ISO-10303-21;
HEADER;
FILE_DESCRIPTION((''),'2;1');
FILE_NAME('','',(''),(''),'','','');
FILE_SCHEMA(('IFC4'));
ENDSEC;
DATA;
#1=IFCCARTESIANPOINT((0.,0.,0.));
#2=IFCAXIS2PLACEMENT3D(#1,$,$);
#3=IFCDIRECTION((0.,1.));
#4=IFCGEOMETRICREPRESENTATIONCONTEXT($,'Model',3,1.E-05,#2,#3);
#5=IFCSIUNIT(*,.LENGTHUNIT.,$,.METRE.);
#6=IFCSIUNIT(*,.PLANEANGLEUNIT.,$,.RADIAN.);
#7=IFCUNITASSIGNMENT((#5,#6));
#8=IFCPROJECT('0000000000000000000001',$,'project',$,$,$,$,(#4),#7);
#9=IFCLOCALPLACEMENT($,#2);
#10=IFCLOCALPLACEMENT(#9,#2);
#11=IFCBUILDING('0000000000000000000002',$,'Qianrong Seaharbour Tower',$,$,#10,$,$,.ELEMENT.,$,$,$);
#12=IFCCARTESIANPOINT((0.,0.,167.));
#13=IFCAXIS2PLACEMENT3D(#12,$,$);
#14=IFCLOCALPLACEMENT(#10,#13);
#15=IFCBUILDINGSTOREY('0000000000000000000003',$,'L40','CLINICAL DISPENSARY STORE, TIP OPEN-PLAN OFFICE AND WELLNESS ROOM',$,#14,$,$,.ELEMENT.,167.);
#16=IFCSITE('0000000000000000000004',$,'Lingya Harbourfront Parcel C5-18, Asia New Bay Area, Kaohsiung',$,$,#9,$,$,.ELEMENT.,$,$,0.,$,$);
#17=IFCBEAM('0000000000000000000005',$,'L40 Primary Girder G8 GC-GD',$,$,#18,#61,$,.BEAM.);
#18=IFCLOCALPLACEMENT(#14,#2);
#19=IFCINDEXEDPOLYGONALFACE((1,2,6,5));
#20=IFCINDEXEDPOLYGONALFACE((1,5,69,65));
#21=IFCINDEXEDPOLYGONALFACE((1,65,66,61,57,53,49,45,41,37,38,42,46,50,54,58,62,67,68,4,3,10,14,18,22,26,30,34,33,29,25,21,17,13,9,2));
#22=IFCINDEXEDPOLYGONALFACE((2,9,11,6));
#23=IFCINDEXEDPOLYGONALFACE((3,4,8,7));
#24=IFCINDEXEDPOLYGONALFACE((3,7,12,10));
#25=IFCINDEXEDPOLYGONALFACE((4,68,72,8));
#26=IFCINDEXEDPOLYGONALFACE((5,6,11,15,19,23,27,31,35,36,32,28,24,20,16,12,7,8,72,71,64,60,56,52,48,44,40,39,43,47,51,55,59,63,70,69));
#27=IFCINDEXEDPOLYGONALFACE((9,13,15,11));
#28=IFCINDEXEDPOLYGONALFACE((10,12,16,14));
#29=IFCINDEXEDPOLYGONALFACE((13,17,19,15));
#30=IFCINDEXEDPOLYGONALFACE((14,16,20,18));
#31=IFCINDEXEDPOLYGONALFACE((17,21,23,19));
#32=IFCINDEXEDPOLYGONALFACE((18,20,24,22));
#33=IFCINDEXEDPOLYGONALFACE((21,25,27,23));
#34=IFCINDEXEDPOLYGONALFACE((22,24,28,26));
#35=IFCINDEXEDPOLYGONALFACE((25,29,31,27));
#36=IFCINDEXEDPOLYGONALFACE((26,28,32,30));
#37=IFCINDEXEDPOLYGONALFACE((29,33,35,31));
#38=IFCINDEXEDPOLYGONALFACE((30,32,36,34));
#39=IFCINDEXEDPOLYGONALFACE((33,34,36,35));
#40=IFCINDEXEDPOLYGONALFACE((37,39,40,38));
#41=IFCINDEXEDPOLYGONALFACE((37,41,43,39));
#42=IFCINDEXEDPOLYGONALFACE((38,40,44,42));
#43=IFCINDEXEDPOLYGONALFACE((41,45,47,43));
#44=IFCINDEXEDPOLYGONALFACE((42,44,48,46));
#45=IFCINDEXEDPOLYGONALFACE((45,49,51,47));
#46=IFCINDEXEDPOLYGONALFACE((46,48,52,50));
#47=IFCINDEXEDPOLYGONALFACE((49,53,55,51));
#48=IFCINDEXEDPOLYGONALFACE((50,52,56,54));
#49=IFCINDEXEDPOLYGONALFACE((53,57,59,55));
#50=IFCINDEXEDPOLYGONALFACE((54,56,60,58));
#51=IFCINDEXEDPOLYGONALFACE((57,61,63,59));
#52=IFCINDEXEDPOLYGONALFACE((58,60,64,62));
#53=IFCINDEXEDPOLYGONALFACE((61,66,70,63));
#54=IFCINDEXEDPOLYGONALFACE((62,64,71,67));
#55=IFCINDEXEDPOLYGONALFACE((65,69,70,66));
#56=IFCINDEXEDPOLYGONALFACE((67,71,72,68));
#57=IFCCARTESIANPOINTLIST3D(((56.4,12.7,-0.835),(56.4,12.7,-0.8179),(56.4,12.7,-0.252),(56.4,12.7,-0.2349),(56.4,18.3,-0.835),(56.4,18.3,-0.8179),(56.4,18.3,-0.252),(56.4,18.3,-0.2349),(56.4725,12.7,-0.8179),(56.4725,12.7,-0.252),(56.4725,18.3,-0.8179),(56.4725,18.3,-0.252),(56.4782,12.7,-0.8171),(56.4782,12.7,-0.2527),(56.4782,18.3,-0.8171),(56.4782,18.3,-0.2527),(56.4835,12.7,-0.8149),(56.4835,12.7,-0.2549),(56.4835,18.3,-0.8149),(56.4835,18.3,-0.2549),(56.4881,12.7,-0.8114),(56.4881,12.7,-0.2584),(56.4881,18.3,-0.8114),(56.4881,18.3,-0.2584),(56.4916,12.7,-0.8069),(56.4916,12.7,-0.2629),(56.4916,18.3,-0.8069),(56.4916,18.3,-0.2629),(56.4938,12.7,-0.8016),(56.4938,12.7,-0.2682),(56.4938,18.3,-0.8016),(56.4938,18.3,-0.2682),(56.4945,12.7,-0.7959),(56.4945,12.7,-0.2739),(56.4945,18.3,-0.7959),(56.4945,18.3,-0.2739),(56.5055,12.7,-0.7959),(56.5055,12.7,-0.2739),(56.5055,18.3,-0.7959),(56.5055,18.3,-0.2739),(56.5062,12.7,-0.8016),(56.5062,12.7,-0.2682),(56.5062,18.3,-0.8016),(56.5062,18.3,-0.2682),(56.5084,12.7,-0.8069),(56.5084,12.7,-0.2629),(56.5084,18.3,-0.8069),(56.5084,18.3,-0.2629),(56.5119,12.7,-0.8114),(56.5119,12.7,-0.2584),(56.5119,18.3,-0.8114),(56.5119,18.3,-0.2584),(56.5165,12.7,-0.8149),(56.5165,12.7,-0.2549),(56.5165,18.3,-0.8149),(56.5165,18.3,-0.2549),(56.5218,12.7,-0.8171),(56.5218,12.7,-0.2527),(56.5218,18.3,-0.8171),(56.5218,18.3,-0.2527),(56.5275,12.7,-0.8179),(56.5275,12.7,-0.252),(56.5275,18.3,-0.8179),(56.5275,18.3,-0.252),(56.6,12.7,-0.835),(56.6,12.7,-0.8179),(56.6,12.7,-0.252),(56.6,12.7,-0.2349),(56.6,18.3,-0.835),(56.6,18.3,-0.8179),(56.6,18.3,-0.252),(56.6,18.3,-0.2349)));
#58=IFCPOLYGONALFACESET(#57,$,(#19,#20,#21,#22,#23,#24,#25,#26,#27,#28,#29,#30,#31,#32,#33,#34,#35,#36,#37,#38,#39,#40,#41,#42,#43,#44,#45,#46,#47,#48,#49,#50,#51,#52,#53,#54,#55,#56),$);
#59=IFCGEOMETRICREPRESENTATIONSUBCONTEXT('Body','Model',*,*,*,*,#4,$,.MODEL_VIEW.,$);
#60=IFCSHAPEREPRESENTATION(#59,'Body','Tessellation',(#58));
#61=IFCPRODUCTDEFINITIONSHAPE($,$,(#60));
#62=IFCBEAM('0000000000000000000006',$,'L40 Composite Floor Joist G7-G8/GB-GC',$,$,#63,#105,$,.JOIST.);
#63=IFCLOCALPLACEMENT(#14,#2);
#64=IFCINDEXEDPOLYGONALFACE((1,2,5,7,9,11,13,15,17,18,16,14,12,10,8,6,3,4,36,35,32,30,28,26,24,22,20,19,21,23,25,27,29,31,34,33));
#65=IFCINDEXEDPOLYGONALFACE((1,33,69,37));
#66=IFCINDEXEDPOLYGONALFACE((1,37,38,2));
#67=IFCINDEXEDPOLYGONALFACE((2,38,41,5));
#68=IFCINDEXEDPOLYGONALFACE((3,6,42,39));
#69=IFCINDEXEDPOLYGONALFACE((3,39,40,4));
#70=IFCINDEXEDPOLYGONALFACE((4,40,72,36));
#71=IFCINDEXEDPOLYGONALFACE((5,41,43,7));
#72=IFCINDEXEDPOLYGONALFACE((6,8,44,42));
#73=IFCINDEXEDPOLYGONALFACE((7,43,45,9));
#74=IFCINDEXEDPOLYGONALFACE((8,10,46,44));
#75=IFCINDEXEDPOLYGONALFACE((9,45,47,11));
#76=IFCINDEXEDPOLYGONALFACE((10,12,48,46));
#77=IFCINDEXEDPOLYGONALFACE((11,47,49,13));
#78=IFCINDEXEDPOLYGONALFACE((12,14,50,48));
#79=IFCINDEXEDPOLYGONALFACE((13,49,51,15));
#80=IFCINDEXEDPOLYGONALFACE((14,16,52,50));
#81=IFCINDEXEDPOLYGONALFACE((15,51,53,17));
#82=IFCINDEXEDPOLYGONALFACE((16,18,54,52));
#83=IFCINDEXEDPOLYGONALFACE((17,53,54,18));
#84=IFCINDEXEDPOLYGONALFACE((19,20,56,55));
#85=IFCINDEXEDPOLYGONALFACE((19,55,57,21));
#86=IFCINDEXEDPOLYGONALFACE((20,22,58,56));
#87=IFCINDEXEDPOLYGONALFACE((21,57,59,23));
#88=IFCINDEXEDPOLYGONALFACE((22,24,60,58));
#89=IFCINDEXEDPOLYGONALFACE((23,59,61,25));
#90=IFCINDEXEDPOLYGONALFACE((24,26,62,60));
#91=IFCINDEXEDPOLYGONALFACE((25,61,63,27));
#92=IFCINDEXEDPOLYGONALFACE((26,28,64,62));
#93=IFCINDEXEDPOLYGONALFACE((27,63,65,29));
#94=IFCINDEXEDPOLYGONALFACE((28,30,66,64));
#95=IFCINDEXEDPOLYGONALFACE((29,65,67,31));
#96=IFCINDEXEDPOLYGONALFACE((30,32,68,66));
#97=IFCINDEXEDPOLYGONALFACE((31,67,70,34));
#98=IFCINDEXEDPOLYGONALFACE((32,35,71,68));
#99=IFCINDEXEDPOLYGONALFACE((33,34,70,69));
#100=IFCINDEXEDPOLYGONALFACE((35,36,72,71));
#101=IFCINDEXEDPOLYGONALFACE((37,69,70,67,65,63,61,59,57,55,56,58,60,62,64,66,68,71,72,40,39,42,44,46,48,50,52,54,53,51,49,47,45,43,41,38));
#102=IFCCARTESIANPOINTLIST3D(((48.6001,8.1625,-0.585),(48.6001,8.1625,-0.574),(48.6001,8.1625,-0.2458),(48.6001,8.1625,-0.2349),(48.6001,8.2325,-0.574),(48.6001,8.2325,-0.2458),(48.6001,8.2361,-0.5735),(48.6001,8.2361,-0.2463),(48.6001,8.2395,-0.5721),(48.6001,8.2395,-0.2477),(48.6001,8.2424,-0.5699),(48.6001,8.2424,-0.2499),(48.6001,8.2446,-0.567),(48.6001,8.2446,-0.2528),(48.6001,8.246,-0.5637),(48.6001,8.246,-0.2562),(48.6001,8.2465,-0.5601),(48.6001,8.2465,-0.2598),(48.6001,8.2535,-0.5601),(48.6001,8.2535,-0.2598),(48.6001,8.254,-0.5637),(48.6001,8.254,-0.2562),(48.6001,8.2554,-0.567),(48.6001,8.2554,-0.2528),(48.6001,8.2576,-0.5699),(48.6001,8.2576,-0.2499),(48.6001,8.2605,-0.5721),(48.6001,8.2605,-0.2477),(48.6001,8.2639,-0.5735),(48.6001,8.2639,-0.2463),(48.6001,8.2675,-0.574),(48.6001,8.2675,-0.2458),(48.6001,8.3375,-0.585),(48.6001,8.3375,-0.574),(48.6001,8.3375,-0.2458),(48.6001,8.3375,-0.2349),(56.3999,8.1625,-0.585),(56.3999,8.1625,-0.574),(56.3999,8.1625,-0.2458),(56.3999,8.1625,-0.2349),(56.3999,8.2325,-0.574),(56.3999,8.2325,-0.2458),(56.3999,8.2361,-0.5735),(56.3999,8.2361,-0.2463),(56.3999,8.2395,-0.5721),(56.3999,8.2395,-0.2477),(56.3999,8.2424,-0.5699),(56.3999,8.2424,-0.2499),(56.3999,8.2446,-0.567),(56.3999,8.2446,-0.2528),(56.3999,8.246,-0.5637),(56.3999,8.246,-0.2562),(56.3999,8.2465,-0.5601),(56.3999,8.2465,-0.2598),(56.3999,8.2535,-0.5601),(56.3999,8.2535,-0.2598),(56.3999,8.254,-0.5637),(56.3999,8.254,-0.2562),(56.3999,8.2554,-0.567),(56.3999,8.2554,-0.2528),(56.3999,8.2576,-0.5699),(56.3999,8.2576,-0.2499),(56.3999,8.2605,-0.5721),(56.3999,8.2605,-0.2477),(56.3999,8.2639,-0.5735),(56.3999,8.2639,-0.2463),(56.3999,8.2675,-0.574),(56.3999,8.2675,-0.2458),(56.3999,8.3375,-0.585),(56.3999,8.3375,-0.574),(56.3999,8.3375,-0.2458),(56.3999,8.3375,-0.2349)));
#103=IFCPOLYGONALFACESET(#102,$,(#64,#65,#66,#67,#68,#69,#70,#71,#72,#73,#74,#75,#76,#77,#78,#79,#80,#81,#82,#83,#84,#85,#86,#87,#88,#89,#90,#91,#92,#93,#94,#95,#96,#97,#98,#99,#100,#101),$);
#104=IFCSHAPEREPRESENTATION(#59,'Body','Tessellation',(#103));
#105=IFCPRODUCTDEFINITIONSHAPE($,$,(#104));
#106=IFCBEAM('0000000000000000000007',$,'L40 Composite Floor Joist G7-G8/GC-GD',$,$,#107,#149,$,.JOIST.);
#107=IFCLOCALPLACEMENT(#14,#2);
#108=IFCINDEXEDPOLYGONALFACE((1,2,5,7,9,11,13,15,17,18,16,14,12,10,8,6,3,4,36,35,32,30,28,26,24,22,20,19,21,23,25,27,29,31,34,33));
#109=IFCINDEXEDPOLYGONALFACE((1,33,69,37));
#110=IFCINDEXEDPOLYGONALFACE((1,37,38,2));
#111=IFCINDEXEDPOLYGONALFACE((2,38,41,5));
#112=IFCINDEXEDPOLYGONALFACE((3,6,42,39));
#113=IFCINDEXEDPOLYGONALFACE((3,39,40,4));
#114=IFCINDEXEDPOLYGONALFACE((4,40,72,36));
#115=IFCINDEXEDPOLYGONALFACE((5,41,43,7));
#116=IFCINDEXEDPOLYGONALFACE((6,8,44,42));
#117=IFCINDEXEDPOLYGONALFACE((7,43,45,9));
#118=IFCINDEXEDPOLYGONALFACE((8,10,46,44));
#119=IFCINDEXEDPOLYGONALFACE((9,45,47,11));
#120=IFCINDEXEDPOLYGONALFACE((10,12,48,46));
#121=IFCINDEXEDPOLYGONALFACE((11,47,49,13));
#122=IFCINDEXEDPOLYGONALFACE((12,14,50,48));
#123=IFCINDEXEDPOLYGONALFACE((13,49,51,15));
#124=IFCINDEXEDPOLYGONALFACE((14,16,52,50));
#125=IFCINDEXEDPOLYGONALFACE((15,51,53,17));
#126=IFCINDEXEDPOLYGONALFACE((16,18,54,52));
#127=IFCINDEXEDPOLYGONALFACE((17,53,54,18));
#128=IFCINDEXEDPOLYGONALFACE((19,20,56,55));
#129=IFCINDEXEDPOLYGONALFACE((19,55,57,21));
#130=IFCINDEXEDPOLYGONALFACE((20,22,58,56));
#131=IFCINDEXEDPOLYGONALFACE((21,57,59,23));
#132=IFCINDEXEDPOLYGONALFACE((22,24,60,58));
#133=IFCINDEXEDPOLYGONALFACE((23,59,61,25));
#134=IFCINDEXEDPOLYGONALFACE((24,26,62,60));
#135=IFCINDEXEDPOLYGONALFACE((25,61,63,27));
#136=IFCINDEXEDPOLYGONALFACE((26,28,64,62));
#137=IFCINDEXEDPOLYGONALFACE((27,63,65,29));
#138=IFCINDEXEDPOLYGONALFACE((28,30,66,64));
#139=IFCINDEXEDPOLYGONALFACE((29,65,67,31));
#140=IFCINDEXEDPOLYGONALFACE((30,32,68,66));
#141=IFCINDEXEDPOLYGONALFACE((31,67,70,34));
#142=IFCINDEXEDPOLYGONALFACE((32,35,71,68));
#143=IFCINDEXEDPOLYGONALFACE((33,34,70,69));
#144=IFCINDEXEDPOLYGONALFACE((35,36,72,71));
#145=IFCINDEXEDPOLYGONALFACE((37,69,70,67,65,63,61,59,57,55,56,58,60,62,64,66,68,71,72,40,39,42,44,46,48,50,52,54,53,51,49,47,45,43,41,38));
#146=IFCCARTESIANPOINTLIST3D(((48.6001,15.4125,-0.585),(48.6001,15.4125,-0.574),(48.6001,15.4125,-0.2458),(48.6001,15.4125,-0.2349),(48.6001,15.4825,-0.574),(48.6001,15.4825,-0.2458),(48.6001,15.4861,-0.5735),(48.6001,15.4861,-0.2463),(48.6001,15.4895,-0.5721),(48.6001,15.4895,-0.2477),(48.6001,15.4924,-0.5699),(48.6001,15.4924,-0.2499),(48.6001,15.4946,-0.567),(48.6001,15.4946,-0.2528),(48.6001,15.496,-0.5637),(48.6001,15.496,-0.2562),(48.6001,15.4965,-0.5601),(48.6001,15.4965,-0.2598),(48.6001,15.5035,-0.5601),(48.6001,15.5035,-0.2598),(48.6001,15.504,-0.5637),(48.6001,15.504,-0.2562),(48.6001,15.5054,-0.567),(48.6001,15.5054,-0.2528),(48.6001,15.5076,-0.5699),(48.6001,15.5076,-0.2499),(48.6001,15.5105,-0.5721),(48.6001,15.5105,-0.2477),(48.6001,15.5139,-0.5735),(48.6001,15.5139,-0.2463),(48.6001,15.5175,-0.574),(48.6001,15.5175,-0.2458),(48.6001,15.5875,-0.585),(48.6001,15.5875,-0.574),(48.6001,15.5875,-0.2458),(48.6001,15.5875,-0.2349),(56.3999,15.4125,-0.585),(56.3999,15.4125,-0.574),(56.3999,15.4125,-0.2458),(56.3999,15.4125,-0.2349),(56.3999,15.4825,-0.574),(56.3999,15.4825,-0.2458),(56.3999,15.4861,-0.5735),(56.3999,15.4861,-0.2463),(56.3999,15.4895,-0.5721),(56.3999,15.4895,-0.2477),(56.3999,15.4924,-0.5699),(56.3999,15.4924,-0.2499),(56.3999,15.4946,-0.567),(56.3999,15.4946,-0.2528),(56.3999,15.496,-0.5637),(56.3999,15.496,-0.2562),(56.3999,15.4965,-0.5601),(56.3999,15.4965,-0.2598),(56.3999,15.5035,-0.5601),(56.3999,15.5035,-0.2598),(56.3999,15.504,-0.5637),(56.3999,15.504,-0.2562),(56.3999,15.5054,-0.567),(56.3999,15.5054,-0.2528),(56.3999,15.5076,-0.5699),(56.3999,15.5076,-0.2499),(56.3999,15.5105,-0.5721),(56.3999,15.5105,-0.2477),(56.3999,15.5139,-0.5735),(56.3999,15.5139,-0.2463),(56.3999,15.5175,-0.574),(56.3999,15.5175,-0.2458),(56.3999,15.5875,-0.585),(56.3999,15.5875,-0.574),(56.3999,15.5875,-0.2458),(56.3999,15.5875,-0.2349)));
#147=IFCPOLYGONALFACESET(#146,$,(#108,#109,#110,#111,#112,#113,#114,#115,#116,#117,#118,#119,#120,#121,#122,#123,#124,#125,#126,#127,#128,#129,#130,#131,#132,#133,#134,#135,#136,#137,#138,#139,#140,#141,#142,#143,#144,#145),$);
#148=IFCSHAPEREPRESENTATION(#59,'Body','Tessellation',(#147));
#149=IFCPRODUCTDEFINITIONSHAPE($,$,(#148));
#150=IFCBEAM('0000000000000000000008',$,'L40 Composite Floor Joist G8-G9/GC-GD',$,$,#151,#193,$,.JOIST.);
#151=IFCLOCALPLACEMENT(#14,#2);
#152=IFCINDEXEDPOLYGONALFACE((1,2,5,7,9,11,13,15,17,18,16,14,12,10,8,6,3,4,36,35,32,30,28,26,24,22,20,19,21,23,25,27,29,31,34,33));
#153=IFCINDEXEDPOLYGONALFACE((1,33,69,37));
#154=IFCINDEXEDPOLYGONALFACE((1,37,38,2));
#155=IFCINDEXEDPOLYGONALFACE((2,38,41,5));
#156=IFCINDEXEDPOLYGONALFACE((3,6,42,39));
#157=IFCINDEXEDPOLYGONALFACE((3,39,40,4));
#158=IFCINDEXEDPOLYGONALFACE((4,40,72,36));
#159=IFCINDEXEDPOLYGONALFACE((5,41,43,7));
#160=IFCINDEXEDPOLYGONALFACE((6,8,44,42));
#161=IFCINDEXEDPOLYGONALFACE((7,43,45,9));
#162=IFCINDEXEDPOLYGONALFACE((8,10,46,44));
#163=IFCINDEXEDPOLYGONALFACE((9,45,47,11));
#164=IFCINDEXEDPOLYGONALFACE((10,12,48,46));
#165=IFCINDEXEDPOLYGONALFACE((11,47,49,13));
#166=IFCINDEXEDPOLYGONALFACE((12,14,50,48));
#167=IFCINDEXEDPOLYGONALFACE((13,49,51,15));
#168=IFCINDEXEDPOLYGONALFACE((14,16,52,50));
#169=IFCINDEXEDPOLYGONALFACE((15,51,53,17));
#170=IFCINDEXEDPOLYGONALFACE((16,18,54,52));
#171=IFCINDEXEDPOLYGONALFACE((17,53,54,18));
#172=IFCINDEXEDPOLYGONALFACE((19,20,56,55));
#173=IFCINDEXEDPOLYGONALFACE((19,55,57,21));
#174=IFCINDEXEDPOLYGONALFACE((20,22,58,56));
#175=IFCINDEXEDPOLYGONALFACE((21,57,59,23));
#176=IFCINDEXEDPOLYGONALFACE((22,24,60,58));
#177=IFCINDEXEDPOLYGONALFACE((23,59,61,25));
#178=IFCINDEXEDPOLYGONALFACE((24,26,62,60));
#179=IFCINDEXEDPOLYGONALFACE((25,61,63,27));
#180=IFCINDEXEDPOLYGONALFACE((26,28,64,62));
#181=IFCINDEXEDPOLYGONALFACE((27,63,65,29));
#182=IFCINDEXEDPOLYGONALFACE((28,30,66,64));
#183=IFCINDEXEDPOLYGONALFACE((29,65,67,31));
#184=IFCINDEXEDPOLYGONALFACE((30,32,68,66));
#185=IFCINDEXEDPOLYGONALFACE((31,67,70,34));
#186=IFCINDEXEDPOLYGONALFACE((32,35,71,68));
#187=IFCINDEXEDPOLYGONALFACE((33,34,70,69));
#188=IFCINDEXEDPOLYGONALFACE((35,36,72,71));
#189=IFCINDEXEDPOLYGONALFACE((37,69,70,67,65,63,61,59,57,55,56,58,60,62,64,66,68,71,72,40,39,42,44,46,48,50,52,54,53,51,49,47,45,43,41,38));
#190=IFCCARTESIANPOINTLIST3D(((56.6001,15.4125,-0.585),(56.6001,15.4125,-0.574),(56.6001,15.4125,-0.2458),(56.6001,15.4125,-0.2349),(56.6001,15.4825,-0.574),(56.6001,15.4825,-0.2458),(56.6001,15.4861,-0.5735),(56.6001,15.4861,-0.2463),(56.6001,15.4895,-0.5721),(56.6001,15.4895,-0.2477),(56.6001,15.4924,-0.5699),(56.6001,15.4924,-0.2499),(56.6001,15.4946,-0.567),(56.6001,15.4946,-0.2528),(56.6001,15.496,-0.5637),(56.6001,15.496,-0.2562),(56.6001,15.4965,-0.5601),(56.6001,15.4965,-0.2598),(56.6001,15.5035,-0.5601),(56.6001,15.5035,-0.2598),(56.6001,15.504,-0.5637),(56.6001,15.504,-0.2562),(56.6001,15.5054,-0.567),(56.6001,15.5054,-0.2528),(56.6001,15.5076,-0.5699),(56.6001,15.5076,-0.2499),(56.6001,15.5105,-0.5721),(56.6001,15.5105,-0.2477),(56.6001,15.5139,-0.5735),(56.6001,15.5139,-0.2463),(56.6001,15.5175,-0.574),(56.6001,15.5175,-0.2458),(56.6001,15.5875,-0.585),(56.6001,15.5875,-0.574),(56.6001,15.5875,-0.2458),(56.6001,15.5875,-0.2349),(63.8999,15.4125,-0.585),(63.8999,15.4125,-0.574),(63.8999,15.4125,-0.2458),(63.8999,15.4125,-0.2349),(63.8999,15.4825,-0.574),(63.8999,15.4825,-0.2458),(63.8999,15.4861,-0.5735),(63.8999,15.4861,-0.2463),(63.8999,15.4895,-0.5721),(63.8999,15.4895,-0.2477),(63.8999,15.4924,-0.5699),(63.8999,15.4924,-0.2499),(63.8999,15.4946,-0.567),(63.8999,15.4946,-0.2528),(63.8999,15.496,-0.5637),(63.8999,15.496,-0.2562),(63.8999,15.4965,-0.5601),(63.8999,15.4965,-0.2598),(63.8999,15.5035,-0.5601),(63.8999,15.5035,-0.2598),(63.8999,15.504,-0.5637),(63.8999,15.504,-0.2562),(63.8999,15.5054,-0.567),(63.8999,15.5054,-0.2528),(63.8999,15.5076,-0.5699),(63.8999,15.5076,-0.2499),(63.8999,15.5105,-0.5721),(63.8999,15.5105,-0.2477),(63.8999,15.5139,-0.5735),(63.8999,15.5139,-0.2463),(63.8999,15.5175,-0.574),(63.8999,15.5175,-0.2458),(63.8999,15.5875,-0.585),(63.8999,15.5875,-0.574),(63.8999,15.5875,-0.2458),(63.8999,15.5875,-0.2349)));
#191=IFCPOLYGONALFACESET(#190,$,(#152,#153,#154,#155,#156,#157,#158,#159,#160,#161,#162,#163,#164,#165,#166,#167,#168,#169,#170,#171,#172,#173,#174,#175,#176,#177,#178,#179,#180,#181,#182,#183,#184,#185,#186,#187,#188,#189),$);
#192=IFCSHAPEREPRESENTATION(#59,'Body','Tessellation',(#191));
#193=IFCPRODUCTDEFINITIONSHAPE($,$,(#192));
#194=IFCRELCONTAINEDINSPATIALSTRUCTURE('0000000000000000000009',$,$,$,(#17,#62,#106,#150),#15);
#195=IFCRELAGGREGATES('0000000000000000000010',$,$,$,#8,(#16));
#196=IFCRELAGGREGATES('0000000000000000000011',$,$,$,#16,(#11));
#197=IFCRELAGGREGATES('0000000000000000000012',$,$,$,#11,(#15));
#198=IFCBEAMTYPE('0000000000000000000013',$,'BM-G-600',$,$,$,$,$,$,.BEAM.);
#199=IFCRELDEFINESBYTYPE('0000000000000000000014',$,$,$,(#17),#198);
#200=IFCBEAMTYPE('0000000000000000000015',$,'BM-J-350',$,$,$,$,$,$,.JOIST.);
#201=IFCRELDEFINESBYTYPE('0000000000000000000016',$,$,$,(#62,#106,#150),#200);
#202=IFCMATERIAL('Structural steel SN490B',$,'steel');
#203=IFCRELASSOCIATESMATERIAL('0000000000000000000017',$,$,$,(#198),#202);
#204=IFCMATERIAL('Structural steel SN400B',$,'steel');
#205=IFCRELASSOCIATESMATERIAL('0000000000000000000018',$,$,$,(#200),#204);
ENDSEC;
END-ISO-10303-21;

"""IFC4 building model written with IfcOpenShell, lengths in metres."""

from ifc_helpers import new_model, si_unit, direction, frame, origin, origin_2d, place, context, subcontext, project, spatial, i_section, extrude, material, material_profile, profile_set, type_object, element, save


model = new_model("IFC4")

# Units and contexts
model_context = context("Model", 3, precision=1e-05, world=origin(), true_north=direction((0.0, 1.0)))
body_context = subcontext(model_context, "Body", "Model", "MODEL_VIEW")
ifc_project = project(units=[si_unit("LENGTHUNIT", "METRE"), si_unit("PLANEANGLEUNIT", "RADIAN")], contexts=[model_context])

# Site, building, storey
site_placement = place(None, origin())
site = spatial("IfcSite", under=ifc_project, at=site_placement, Name="Lingya Harbourfront Parcel C5-18, Asia New Bay Area, Kaohsiung", CompositionType="ELEMENT", RefElevation=0.0)
building_placement = place(site_placement, origin())
building = spatial("IfcBuilding", under=site, at=building_placement, Name="Qianrong Seaharbour Tower", CompositionType="ELEMENT")
storey_placement = place(building_placement, frame((0.0, 0.0, 167.0)))
storey = spatial("IfcBuildingStorey", under=building, at=storey_placement, Name="L40", Description="CLINICAL DISPENSARY STORE, TIP OPEN-PLAN OFFICE AND WELLNESS ROOM", CompositionType="ELEMENT", Elevation=167.0)

# Shared definitions
ifc_material_1 = material(Name="Structural steel SN490B", Category="steel")

# Beams
ifc_material_profile_1 = material_profile(ifc_material_1, i_section(OverallWidth=0.2, OverallDepth=0.6001, WebThickness=0.011, FlangeThickness=0.0171, FilletRadius=0.022, at=origin_2d()), Name="H600x200x11x17")
ifc_profile_set_1 = profile_set([ifc_material_profile_1], Name="Structural steel SN490B")
beam_type_1 = type_object("IfcBeamType", Name="BM-G-600", PredefinedType="BEAM", material=ifc_profile_set_1)
beam_1_placement = place(storey_placement, frame((56.5, 12.7, -0.5349), z_axis=(0.0, 1.0, 0.0), x_axis=(-1.0, 0.0, 0.0)))
element("IfcBeam", 1, at=beam_1_placement, inside=storey, type_object=beam_type_1, Name="L40 Primary Girder G8 GC-GD", PredefinedType="BEAM", context=body_context, shape_type="SweptSolid", body=[
    extrude(i_section(OverallWidth=0.2, OverallDepth=0.6001, WebThickness=0.011, FlangeThickness=0.0171, FilletRadius=0.022, at=origin_2d()), origin(), (0.0, 0.0, 1.0), 5.6001),
])
ifc_material_2 = material(Name="Structural steel SN400B", Category="steel")
ifc_material_profile_2 = material_profile(ifc_material_2, i_section(OverallWidth=0.175, OverallDepth=0.3501, WebThickness=0.0071, FlangeThickness=0.011, FilletRadius=0.0139, at=origin_2d()), Name="H350x175x7x11")
ifc_profile_set_2 = profile_set([ifc_material_profile_2], Name="Structural steel SN400B")
beam_type_2 = type_object("IfcBeamType", Name="BM-J-350", PredefinedType="JOIST", material=ifc_profile_set_2)
for number, where, z_axis, x_axis, name in (
    (2, (48.6001, 8.25, -0.4099), (1.0, 0.0, 0.0), (0.0, 1.0, 0.0), "L40 Composite Floor Joist G7-G8/GB-GC"),
    (3, (48.6001, 15.5, -0.4099), (1.0, 0.0, 0.0), (0.0, 1.0, 0.0), "L40 Composite Floor Joist G7-G8/GC-GD"),
):
    element("IfcBeam", number, at=place(storey_placement, frame(where, z_axis=z_axis, x_axis=x_axis)), inside=storey, type_object=beam_type_2, Name=name, PredefinedType="JOIST", context=body_context, shape_type="SweptSolid", body=[
        extrude(i_section(OverallWidth=0.175, OverallDepth=0.3501, WebThickness=0.0071, FlangeThickness=0.011, FilletRadius=0.0139, at=origin_2d()), origin(), (0.0, 0.0, 1.0), 7.7998),
    ])
beam_2_placement = place(storey_placement, frame((56.6001, 15.5, -0.4099), z_axis=(1.0, 0.0, 0.0), x_axis=(0.0, 1.0, 0.0)))
element("IfcBeam", 4, at=beam_2_placement, inside=storey, type_object=beam_type_2, Name="L40 Composite Floor Joist G8-G9/GC-GD", PredefinedType="JOIST", context=body_context, shape_type="SweptSolid", body=[
    extrude(i_section(OverallWidth=0.175, OverallDepth=0.3501, WebThickness=0.0071, FlangeThickness=0.011, FilletRadius=0.0139, at=origin_2d()), origin(), (0.0, 0.0, 1.0), 7.2998),
])

save(model, "model.ifc")
